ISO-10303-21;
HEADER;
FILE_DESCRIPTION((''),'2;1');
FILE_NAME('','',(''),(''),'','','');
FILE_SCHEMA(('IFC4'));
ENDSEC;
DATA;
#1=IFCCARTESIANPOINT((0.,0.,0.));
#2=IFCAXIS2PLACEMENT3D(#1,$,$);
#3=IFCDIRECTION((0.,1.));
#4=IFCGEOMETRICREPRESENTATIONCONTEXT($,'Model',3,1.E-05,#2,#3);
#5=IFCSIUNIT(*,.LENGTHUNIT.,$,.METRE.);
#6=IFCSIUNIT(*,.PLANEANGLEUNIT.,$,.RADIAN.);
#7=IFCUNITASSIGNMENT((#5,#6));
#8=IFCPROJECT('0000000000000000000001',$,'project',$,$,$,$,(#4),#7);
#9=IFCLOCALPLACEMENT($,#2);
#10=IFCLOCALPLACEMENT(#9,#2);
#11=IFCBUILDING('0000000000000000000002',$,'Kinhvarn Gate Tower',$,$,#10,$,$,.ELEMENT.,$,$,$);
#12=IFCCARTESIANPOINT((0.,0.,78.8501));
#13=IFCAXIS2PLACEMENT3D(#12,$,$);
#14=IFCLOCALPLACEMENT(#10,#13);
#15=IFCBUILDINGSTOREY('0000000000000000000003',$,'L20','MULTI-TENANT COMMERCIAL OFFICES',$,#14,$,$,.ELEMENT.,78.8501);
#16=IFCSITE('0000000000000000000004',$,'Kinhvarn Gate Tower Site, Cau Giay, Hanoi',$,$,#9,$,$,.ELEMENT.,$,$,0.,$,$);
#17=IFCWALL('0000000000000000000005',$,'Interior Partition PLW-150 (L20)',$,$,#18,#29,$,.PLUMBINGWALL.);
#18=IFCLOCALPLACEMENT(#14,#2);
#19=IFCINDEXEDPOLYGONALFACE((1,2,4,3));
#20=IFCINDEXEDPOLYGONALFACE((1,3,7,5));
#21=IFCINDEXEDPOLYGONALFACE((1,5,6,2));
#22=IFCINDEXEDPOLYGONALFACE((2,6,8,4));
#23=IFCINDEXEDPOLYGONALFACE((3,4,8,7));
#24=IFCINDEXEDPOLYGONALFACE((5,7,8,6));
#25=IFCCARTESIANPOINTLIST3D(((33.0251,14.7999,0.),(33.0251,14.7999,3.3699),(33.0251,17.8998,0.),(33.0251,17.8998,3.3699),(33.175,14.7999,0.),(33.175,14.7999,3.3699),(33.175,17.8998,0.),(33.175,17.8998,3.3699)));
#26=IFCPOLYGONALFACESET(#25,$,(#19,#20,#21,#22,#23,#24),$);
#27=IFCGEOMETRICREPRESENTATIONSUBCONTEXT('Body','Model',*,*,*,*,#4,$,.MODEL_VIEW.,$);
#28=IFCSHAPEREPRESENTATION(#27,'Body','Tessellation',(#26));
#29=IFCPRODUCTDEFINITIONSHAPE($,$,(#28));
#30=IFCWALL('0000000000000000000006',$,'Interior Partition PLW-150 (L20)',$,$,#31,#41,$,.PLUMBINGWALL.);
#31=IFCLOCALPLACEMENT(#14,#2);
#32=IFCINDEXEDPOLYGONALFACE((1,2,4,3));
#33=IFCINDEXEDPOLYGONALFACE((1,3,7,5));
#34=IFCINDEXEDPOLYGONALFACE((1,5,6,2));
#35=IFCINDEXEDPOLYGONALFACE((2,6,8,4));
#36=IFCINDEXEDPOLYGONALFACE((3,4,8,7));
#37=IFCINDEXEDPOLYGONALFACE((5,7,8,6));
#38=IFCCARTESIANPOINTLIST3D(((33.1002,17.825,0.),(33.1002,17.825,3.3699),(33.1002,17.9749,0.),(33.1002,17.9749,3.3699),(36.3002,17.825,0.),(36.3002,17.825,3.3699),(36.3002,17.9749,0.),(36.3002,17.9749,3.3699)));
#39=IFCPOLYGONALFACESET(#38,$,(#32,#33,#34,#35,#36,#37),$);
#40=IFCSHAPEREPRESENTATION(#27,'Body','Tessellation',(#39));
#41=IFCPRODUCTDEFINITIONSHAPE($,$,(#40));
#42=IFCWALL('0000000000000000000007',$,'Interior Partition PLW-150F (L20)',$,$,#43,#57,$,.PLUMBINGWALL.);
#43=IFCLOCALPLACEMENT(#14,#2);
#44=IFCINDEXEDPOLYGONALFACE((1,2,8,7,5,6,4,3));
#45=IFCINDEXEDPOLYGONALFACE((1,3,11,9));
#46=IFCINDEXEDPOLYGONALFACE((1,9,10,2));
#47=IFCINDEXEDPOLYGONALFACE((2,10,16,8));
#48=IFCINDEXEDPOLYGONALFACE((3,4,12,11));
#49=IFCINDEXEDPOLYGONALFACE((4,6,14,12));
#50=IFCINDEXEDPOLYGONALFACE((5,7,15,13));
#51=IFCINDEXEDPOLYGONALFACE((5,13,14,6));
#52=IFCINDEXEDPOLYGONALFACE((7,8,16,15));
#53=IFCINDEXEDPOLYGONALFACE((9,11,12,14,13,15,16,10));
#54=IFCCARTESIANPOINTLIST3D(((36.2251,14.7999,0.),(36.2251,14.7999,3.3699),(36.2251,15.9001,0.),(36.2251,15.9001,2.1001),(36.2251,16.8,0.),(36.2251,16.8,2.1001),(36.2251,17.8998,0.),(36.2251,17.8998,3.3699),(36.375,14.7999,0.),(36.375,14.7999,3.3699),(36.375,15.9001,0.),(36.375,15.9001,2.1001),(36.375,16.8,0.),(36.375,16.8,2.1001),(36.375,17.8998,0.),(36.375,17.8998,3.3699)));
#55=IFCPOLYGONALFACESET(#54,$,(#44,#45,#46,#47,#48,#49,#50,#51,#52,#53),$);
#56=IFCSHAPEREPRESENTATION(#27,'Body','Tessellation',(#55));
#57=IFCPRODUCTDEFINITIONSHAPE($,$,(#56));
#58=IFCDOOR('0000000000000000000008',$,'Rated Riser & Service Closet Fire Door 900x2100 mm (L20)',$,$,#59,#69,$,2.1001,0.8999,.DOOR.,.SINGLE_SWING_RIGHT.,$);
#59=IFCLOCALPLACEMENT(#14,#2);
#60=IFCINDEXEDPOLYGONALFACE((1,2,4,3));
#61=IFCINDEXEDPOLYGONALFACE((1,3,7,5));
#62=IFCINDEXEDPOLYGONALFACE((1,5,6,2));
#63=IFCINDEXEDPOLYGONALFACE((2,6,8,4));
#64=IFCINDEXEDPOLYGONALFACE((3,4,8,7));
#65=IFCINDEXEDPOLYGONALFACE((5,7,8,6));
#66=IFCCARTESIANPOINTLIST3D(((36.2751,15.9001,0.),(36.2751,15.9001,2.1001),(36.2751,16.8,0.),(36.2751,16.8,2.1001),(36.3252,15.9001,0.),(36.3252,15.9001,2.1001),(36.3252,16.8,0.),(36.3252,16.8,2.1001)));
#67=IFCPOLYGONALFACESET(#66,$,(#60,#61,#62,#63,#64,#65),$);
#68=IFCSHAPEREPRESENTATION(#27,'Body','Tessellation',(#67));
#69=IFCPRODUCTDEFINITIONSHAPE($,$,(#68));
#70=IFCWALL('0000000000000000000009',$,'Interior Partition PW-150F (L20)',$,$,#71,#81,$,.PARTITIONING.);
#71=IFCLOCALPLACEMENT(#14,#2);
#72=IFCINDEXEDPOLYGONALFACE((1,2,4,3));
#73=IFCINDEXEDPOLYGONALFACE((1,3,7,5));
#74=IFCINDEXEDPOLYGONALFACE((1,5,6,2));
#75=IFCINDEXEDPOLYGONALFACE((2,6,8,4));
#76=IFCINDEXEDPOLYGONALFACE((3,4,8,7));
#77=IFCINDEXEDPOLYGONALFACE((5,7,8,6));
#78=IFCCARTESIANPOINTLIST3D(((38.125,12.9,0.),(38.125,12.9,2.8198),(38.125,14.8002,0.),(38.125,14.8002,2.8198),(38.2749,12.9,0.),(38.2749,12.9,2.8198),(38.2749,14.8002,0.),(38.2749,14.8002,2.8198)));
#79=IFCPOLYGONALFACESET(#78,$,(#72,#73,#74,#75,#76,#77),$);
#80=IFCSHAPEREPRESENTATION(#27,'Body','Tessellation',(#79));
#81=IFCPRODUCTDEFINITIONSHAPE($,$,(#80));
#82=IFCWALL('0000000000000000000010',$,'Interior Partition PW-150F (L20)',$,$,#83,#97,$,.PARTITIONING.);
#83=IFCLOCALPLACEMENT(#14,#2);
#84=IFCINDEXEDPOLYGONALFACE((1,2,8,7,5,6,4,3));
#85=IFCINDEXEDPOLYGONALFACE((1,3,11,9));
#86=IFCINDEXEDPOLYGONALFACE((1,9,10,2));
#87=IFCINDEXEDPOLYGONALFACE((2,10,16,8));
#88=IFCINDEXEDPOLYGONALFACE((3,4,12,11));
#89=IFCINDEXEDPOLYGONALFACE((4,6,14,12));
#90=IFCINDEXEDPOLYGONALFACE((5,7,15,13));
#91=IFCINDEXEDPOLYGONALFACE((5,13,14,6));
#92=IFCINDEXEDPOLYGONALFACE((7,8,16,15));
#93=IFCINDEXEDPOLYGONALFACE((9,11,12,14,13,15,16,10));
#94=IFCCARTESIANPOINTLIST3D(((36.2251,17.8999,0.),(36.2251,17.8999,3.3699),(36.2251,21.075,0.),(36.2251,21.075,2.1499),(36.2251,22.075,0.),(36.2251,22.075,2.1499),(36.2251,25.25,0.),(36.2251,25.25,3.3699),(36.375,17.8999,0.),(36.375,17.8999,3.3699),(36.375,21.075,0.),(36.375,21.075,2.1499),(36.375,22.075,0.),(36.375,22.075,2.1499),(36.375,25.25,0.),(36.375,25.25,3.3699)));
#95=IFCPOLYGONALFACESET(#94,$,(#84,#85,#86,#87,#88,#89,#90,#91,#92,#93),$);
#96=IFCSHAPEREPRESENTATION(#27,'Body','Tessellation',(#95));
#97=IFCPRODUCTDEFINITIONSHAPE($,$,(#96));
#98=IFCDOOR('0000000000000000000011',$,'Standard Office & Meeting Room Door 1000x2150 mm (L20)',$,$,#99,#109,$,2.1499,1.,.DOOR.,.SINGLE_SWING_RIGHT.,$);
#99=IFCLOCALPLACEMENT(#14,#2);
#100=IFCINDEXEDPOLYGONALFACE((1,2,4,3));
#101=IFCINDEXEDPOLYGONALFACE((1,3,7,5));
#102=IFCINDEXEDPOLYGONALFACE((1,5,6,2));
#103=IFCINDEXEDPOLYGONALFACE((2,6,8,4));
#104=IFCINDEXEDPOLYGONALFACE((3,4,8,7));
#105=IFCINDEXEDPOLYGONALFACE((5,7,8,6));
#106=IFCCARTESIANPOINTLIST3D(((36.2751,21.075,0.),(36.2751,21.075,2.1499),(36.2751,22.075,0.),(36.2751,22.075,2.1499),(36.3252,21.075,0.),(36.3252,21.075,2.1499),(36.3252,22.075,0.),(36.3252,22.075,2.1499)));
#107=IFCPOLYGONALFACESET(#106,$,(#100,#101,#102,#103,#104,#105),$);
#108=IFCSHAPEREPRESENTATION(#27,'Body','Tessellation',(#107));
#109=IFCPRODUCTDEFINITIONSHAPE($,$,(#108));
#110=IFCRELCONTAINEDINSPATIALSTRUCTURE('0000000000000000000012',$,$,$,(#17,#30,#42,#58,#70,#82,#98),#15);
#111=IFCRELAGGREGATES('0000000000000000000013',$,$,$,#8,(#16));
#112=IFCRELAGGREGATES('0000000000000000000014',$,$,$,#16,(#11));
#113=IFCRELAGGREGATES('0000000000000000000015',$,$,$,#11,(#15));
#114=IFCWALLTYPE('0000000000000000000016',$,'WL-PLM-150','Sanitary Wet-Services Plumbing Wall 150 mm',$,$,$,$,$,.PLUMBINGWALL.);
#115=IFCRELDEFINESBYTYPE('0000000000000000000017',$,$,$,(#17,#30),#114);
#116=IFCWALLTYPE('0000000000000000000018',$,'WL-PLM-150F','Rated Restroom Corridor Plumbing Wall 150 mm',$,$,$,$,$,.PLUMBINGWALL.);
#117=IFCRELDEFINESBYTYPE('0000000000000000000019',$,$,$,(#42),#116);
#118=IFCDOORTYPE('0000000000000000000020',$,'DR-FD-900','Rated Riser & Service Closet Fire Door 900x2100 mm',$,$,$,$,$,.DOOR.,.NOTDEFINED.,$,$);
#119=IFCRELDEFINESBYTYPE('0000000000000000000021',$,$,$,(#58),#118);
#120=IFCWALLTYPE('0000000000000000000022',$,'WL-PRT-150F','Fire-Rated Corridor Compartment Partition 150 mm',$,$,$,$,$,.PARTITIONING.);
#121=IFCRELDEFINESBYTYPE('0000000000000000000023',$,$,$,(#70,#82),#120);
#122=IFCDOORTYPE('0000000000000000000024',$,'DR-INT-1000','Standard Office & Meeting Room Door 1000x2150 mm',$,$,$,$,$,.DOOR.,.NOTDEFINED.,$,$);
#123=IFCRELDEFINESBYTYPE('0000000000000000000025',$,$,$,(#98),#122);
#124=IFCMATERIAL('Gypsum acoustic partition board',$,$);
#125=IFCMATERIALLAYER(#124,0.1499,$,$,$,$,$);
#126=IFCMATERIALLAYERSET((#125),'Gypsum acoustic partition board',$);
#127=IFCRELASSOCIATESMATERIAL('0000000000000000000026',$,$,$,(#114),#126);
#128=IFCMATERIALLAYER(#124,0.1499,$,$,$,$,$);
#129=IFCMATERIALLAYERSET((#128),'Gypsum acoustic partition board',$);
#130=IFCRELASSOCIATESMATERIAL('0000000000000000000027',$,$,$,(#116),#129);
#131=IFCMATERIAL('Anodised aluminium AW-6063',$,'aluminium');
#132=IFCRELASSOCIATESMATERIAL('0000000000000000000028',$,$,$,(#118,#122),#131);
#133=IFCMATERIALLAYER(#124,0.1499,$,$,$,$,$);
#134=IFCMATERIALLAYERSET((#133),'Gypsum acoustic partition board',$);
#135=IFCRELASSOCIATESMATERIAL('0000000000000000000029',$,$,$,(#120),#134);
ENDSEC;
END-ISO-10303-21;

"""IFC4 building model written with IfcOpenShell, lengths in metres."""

from ifc_helpers import new_model, si_unit, direction, frame, frame_2d, origin, place, context, subcontext, project, spatial, rectangle, extrude, material, layer, layer_set, type_object, element, fill, save


model = new_model("IFC4")

# Units and contexts
model_context = context("Model", 3, precision=1e-05, world=origin(), true_north=direction((0.0, 1.0)))
body_context = subcontext(model_context, "Body", "Model", "MODEL_VIEW")
ifc_project = project(units=[si_unit("LENGTHUNIT", "METRE"), si_unit("PLANEANGLEUNIT", "RADIAN")], contexts=[model_context])

# Site, building, storey
site_placement = place(None, origin())
site = spatial("IfcSite", under=ifc_project, at=site_placement, Name="Kinhvarn Gate Tower Site, Cau Giay, Hanoi", CompositionType="ELEMENT", RefElevation=0.0)
building_placement = place(site_placement, origin())
building = spatial("IfcBuilding", under=site, at=building_placement, Name="Kinhvarn Gate Tower", CompositionType="ELEMENT")
storey_placement = place(building_placement, frame((0.0, 0.0, 78.8501)))
storey = spatial("IfcBuildingStorey", under=building, at=storey_placement, Name="L20", Description="MULTI-TENANT COMMERCIAL OFFICES", CompositionType="ELEMENT", Elevation=78.8501)

# Walls
ifc_material_1 = material(Name="Gypsum acoustic partition board")
ifc_layer_1 = layer(ifc_material_1, 0.1499)
ifc_layer_set_1 = layer_set([ifc_layer_1], Name="Gypsum acoustic partition board")
wall_type_1 = type_object("IfcWallType", Name="WL-PLM-150", Description="Sanitary Wet-Services Plumbing Wall 150 mm", PredefinedType="PLUMBINGWALL", material=ifc_layer_set_1)
wall_1_placement = place(storey_placement, frame((33.1001, 14.8, 0.0), z_axis=(0.0, 0.0, 1.0), x_axis=(0.0, 1.0, 0.0)))
element("IfcWall", 1, at=wall_1_placement, inside=storey, type_object=wall_type_1, Name="Interior Partition PLW-150 (L20)", PredefinedType="PLUMBINGWALL", context=body_context, shape_type="SweptSolid", body=[
    extrude(rectangle(XDim=3.0999, YDim=0.1499, at=frame_2d((1.5498, 0.0))), origin(), (0.0, 0.0, 1.0), 3.3699),
])
wall_2_placement = place(storey_placement, frame((33.1001, 17.8999, 0.0), z_axis=(0.0, 0.0, 1.0), x_axis=(1.0, 0.0, 0.0)))
element("IfcWall", 2, at=wall_2_placement, inside=storey, type_object=wall_type_1, Name="Interior Partition PLW-150 (L20)", PredefinedType="PLUMBINGWALL", context=body_context, shape_type="SweptSolid", body=[
    extrude(rectangle(XDim=3.2, YDim=0.1499, at=frame_2d((1.6001, 0.0))), origin(), (0.0, 0.0, 1.0), 3.3699),
])

# Wall, opening, door
ifc_layer_2 = layer(ifc_material_1, 0.1499)
ifc_layer_set_2 = layer_set([ifc_layer_2], Name="Gypsum acoustic partition board")
wall_type_2 = type_object("IfcWallType", Name="WL-PLM-150F", Description="Rated Restroom Corridor Plumbing Wall 150 mm", PredefinedType="PLUMBINGWALL", material=ifc_layer_set_2)
wall_3_placement = place(storey_placement, frame((36.3, 14.8, 0.0), z_axis=(0.0, 0.0, 1.0), x_axis=(0.0, 1.0, 0.0)))
wall_3 = element("IfcWall", 3, at=wall_3_placement, inside=storey, type_object=wall_type_2, Name="Interior Partition PLW-150F (L20)", PredefinedType="PLUMBINGWALL", context=body_context, shape_type="SweptSolid", body=[
    extrude(rectangle(XDim=3.0999, YDim=0.1499, at=frame_2d((1.5498, 0.0))), origin(), (0.0, 0.0, 1.0), 3.3699),
])
opening_1_placement = place(wall_3_placement, frame((1.1001, 0.0, 0.0)))
opening_1 = element("IfcOpeningElement", 4, at=opening_1_placement, cuts=wall_3, PredefinedType="OPENING", context=body_context, shape_type="SweptSolid", body=[
    extrude(rectangle(XDim=0.8999, YDim=2.1001, at=frame_2d((0.45, 1.05))), frame((0.0, 0.085, 0.0), z_axis=(0.0, -1.0, 0.0), x_axis=(1.0, 0.0, 0.0)), (0.0, 0.0, 1.0), 0.1699),
])
ifc_material_2 = material(Name="Anodised aluminium AW-6063", Category="aluminium")
door_type_1 = type_object("IfcDoorType", Name="DR-FD-900", Description="Rated Riser & Service Closet Fire Door 900x2100 mm", OperationType="NOTDEFINED", PredefinedType="DOOR", material=ifc_material_2)
door_1_placement = place(opening_1_placement, origin())
door_1 = element("IfcDoor", 5, at=door_1_placement, inside=storey, type_object=door_type_1, Name="Rated Riser & Service Closet Fire Door 900x2100 mm (L20)", OperationType="SINGLE_SWING_RIGHT", OverallHeight=2.1001, OverallWidth=0.8999, PredefinedType="DOOR", context=body_context, shape_type="SweptSolid", body=[
    extrude(rectangle(XDim=0.8999, YDim=2.1001, at=frame_2d((0.45, 1.05))), frame((0.0, 0.0249, 0.0), z_axis=(0.0, -1.0, 0.0), x_axis=(1.0, 0.0, 0.0)), (0.0, 0.0, 1.0), 0.05),
])
fill(opening_1, door_1)

# Wall
ifc_layer_3 = layer(ifc_material_1, 0.1499)
ifc_layer_set_3 = layer_set([ifc_layer_3], Name="Gypsum acoustic partition board")
wall_type_3 = type_object("IfcWallType", Name="WL-PRT-150F", Description="Fire-Rated Corridor Compartment Partition 150 mm", PredefinedType="PARTITIONING", material=ifc_layer_set_3)
wall_4_placement = place(storey_placement, frame((38.2, 12.8999, 0.0), z_axis=(0.0, 0.0, 1.0), x_axis=(0.0, 1.0, 0.0)))
element("IfcWall", 6, at=wall_4_placement, inside=storey, type_object=wall_type_3, Name="Interior Partition PW-150F (L20)", PredefinedType="PARTITIONING", context=body_context, shape_type="SweptSolid", body=[
    extrude(rectangle(XDim=1.9001, YDim=0.1499, at=frame_2d((0.9502, 0.0))), origin(), (0.0, 0.0, 1.0), 2.8198),
])

# Wall, opening, door
wall_5_placement = place(storey_placement, frame((36.3, 17.8999, 0.0), z_axis=(0.0, 0.0, 1.0), x_axis=(0.0, 1.0, 0.0)))
wall_5 = element("IfcWall", 7, at=wall_5_placement, inside=storey, type_object=wall_type_3, Name="Interior Partition PW-150F (L20)", PredefinedType="PARTITIONING", context=body_context, shape_type="SweptSolid", body=[
    extrude(rectangle(XDim=7.3501, YDim=0.1499, at=frame_2d((3.675, 0.0))), origin(), (0.0, 0.0, 1.0), 3.3699),
])
opening_2_placement = place(wall_5_placement, frame((3.175, 0.0, 0.0)))
opening_2 = element("IfcOpeningElement", 8, at=opening_2_placement, cuts=wall_5, PredefinedType="OPENING", context=body_context, shape_type="SweptSolid", body=[
    extrude(rectangle(XDim=1.0, YDim=2.1499, at=frame_2d((0.5, 1.075))), frame((0.0, 0.085, 0.0), z_axis=(0.0, -1.0, 0.0), x_axis=(1.0, 0.0, 0.0)), (0.0, 0.0, 1.0), 0.1699),
])
door_type_2 = type_object("IfcDoorType", Name="DR-INT-1000", Description="Standard Office & Meeting Room Door 1000x2150 mm", OperationType="NOTDEFINED", PredefinedType="DOOR", material=ifc_material_2)
door_2_placement = place(opening_2_placement, origin())
door_2 = element("IfcDoor", 9, at=door_2_placement, inside=storey, type_object=door_type_2, Name="Standard Office & Meeting Room Door 1000x2150 mm (L20)", OperationType="SINGLE_SWING_RIGHT", OverallHeight=2.1499, OverallWidth=1.0, PredefinedType="DOOR", context=body_context, shape_type="SweptSolid", body=[
    extrude(rectangle(XDim=1.0, YDim=2.1499, at=frame_2d((0.5, 1.075))), frame((0.0, 0.0249, 0.0), z_axis=(0.0, -1.0, 0.0), x_axis=(1.0, 0.0, 0.0)), (0.0, 0.0, 1.0), 0.05),
])
fill(opening_2, door_2)

save(model, "model.ifc")
